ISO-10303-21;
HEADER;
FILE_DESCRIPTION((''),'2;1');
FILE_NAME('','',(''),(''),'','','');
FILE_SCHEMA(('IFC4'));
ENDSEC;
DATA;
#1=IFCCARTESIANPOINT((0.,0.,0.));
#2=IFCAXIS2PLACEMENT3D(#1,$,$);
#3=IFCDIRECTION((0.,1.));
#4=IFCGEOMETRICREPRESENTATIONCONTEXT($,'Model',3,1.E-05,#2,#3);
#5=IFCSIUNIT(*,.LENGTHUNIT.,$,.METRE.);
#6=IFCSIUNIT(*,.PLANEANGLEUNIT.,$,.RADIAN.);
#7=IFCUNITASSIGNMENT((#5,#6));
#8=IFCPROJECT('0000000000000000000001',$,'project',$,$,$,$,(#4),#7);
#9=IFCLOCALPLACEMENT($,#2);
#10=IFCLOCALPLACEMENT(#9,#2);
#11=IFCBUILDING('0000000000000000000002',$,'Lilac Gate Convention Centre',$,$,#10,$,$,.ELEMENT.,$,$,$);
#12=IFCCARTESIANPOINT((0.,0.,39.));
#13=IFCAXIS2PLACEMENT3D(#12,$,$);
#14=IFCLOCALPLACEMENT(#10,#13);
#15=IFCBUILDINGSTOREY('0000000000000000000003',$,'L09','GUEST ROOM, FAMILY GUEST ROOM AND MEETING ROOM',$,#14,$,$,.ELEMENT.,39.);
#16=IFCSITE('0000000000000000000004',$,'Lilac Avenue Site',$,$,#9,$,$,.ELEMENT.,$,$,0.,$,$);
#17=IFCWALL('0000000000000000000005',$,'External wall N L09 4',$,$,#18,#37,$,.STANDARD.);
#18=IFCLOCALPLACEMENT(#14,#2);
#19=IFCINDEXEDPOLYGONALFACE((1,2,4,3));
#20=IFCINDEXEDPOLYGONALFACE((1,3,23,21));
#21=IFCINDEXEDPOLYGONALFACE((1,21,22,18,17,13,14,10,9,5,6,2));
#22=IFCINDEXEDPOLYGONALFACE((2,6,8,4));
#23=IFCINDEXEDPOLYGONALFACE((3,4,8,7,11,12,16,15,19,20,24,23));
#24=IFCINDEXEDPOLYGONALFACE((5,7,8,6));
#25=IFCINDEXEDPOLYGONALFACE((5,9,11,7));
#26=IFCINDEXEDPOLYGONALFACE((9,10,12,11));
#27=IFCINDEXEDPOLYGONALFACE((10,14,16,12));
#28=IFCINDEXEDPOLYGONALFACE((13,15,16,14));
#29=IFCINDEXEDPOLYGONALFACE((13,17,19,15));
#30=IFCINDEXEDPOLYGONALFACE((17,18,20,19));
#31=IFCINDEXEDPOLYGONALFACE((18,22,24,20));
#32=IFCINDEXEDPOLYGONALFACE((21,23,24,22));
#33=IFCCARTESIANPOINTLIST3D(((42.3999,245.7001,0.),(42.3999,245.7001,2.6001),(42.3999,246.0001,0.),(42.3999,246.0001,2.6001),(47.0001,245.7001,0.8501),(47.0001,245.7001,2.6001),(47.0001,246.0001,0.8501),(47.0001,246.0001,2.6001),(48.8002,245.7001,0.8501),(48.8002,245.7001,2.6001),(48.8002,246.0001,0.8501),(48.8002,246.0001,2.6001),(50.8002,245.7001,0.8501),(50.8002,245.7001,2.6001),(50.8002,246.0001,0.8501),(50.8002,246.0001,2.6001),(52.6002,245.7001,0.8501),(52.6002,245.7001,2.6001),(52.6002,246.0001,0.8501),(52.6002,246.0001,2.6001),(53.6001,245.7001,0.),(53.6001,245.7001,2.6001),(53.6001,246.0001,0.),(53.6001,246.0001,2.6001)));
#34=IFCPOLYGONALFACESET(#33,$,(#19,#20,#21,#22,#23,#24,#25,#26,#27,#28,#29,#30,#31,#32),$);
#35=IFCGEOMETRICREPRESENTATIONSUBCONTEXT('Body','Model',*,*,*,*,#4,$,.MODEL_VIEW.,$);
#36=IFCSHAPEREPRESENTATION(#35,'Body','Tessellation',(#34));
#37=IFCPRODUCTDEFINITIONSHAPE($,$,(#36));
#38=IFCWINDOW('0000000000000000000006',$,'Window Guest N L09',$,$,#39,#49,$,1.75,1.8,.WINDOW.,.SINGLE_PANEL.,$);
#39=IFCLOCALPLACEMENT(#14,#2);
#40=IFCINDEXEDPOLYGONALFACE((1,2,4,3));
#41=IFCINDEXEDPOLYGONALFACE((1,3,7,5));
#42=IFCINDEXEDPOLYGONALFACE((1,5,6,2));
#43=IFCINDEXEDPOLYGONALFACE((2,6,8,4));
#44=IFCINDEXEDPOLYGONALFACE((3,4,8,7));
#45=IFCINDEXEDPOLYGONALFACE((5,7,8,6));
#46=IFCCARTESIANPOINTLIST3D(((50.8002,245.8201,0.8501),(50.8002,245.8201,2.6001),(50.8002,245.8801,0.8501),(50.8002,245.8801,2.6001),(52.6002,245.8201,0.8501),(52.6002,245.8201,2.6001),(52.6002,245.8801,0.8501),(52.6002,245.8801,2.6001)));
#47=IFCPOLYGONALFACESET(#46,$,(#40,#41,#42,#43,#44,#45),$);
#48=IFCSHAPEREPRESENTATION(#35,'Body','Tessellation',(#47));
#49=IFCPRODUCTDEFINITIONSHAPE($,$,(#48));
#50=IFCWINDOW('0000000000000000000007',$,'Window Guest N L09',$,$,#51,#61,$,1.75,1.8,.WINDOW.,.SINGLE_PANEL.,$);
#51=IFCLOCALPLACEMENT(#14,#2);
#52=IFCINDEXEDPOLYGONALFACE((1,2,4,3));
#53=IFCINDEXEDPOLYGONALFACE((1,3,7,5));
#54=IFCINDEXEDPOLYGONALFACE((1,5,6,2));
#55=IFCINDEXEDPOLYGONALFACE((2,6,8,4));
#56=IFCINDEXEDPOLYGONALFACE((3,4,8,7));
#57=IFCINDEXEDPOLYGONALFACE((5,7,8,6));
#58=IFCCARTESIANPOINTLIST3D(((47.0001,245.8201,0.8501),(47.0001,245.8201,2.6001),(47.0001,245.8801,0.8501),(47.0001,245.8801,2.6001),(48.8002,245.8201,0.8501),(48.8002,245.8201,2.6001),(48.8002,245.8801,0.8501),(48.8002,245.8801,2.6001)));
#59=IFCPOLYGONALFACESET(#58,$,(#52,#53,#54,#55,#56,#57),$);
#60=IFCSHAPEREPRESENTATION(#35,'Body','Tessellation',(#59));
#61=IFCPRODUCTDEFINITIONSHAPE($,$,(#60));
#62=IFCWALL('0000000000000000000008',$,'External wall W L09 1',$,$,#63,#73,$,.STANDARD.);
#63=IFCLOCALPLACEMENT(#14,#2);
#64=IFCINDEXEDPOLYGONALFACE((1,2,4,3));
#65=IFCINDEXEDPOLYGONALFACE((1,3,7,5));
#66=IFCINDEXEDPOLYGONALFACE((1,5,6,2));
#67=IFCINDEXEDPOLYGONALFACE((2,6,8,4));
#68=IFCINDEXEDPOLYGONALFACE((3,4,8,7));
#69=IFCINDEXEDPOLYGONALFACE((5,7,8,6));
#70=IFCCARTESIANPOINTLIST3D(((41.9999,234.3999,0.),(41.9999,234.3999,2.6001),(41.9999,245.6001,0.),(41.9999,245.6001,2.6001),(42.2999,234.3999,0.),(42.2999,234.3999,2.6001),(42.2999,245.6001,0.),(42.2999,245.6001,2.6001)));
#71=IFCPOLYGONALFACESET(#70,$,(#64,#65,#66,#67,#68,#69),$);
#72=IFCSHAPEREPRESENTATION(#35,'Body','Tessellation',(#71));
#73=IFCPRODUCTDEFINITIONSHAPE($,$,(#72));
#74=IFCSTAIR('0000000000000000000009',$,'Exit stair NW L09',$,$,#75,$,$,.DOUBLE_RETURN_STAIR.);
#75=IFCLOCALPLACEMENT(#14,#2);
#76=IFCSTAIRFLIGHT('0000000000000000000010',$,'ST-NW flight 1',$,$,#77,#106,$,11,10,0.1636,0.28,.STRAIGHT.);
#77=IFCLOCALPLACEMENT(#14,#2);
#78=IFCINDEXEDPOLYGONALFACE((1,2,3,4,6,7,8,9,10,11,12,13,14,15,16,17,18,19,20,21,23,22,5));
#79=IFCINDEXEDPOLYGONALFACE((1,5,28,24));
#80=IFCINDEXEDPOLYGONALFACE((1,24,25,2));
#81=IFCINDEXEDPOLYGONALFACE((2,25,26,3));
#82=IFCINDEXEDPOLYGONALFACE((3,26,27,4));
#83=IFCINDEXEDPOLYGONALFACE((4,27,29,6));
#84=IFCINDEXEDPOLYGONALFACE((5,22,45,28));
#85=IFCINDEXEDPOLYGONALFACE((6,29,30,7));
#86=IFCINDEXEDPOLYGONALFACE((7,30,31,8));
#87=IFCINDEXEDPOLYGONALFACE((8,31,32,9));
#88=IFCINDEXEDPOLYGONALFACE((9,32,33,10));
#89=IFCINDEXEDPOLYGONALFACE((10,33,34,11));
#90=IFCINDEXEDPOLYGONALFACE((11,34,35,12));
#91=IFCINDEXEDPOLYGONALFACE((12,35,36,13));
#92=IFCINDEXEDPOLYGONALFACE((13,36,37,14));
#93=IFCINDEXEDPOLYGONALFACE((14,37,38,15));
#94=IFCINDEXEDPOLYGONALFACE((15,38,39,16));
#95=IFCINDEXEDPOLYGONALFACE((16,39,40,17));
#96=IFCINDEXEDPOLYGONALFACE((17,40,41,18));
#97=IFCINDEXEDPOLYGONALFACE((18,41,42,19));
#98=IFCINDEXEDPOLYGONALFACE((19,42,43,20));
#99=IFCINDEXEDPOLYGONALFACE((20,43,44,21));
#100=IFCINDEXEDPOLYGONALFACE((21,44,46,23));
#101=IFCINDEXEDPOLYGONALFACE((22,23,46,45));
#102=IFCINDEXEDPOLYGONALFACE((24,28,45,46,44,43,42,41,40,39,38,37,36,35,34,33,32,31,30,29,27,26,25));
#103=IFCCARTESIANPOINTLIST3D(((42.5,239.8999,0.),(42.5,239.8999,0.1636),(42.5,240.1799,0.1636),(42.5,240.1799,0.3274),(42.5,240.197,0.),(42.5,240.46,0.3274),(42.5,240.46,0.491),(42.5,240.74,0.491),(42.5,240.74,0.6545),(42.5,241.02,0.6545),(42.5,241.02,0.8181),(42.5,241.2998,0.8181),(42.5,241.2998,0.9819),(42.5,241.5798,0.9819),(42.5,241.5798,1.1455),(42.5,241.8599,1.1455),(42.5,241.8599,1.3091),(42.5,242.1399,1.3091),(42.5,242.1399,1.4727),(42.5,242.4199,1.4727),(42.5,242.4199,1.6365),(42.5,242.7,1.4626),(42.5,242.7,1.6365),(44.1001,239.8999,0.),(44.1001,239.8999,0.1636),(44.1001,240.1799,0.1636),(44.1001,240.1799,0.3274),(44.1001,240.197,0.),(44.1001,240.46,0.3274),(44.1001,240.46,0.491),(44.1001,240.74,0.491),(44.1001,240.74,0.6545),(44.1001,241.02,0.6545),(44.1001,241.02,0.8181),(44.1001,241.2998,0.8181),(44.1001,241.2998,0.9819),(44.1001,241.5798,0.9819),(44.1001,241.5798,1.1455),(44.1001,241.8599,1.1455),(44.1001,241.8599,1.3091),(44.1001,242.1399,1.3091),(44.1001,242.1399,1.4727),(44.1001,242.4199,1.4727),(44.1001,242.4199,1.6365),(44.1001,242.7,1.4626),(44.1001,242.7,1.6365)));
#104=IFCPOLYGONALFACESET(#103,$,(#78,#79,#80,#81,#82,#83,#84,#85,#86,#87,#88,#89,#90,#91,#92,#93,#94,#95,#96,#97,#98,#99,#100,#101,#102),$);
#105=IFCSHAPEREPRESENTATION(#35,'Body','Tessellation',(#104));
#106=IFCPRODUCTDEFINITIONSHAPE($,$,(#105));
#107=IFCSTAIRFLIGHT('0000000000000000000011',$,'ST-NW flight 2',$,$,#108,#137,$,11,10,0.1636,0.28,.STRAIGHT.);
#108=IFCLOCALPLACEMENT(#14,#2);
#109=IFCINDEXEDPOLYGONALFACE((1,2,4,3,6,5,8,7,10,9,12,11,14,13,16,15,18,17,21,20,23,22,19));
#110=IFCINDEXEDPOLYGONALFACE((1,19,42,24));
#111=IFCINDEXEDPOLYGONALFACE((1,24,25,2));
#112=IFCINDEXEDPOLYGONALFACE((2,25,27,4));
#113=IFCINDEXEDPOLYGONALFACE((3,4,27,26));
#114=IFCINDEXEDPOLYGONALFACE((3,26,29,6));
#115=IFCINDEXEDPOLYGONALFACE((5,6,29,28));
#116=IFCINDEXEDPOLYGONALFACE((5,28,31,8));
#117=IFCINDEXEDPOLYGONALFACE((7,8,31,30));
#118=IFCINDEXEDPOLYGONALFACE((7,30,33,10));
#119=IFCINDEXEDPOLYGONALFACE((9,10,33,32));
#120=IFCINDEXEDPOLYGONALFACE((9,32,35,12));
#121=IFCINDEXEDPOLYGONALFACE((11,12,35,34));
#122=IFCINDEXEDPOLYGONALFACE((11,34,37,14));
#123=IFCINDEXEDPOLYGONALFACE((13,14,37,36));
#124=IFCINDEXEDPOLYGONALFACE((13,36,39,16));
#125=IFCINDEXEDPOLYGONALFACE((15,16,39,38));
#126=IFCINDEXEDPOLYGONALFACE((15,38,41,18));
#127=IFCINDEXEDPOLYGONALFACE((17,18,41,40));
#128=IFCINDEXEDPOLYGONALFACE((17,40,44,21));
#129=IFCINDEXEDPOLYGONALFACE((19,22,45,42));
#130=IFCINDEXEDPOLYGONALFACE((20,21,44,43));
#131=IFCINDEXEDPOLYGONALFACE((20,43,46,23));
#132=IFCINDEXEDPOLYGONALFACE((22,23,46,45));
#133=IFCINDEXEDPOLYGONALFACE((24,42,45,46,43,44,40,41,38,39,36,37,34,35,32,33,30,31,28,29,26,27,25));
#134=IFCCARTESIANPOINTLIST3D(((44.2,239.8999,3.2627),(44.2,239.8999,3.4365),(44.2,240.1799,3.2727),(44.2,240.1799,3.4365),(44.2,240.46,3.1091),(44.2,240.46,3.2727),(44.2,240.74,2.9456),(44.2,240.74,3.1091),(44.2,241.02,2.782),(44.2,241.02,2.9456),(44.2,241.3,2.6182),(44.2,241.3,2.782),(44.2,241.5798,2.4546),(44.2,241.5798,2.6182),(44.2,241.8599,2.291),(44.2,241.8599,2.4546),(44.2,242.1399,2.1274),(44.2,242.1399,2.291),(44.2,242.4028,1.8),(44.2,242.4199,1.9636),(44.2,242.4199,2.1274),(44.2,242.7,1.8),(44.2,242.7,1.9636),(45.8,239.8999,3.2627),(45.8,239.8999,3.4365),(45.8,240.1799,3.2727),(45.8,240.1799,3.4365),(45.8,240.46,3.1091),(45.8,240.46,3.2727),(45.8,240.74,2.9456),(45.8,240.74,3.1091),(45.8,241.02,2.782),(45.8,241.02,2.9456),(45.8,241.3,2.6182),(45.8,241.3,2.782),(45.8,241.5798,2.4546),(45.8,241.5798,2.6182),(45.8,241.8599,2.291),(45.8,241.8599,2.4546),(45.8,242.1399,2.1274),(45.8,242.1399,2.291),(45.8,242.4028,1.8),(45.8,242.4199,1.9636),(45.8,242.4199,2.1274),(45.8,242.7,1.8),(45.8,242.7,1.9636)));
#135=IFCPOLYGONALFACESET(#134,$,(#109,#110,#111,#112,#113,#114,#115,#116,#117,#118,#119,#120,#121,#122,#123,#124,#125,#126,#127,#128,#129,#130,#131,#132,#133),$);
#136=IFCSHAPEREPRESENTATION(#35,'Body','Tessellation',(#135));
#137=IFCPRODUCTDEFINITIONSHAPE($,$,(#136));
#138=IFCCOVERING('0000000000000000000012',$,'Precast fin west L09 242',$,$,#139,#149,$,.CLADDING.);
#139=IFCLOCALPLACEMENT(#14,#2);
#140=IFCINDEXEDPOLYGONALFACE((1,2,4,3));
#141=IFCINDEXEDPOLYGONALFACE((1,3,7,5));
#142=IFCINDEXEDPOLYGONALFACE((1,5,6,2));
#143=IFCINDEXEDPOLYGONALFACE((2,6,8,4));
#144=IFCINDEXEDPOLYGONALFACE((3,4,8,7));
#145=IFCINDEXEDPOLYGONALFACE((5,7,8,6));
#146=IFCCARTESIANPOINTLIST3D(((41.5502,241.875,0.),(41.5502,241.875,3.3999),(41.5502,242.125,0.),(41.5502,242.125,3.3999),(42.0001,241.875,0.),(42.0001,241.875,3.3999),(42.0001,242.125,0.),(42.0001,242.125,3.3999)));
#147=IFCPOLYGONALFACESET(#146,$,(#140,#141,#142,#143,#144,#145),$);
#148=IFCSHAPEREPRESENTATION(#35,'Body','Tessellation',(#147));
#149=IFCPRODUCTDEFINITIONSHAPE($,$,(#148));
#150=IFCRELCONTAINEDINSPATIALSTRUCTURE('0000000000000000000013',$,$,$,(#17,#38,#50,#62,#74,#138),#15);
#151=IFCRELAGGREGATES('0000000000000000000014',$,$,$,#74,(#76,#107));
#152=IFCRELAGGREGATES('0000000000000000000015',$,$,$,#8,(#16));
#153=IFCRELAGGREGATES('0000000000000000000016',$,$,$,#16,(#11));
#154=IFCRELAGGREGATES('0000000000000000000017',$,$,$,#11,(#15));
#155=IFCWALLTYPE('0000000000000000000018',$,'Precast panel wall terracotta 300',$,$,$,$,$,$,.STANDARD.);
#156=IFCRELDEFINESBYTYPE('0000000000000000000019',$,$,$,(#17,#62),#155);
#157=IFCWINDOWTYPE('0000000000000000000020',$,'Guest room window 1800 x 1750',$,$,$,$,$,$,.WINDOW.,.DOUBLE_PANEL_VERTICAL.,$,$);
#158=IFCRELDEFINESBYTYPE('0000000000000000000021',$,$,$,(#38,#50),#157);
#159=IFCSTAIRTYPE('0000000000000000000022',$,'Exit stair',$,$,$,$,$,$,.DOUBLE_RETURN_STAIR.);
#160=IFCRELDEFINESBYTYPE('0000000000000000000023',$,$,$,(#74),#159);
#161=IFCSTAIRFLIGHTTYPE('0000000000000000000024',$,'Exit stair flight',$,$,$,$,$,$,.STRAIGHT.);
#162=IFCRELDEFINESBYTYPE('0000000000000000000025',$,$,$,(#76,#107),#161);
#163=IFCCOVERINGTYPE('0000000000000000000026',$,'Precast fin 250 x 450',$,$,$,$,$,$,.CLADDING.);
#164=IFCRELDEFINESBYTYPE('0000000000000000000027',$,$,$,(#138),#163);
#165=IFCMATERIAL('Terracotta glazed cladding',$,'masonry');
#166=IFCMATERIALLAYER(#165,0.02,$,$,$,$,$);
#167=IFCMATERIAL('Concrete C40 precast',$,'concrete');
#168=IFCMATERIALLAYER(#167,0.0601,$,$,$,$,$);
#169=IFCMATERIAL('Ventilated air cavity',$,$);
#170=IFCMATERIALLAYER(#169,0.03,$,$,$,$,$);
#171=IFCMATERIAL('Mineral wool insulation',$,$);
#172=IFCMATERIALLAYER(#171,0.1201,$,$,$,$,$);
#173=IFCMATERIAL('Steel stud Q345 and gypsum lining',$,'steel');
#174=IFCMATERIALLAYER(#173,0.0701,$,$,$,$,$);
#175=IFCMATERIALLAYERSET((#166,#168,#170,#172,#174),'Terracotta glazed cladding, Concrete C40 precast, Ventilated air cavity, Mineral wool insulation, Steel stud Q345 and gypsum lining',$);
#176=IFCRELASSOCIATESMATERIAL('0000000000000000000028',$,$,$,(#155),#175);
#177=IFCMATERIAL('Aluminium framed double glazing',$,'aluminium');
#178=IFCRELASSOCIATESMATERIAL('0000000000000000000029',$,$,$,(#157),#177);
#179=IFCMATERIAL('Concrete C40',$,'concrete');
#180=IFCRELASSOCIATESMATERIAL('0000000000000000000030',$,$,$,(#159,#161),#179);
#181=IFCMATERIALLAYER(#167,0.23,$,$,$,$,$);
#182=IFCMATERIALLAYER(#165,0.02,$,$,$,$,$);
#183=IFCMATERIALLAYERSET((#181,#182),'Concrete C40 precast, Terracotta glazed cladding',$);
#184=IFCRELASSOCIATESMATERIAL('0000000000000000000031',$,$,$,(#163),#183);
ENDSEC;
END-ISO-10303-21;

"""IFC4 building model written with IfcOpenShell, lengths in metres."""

from ifc_helpers import new_model, si_unit, direction, frame, frame_2d, origin, place, context, subcontext, project, spatial, polyline, rectangle, outline, extrude, material, layer, layer_set, type_object, element, fill, aggregate, save


model = new_model("IFC4")

# Units and contexts
model_context = context("Model", 3, precision=1e-05, world=origin(), true_north=direction((0.0, 1.0)))
body_context = subcontext(model_context, "Body", "Model", "MODEL_VIEW")
ifc_project = project(units=[si_unit("LENGTHUNIT", "METRE"), si_unit("PLANEANGLEUNIT", "RADIAN")], contexts=[model_context])

# Site, building, storey
site_placement = place(None, origin())
site = spatial("IfcSite", under=ifc_project, at=site_placement, Name="Lilac Avenue Site", CompositionType="ELEMENT", RefElevation=0.0)
building_placement = place(site_placement, origin())
building = spatial("IfcBuilding", under=site, at=building_placement, Name="Lilac Gate Convention Centre", CompositionType="ELEMENT")
storey_placement = place(building_placement, frame((0.0, 0.0, 39.0)))
storey = spatial("IfcBuildingStorey", under=building, at=storey_placement, Name="L09", Description="GUEST ROOM, FAMILY GUEST ROOM AND MEETING ROOM", CompositionType="ELEMENT", Elevation=39.0)

# Shared definitions
ifc_material_1 = material(Name="Concrete C40", Category="concrete")

# Shared definitions
ifc_material_2 = material(Name="Concrete C40 precast", Category="concrete")
ifc_material_3 = material(Name="Terracotta glazed cladding", Category="masonry")

# Wall, openings, windows
ifc_layer_1 = layer(ifc_material_3, 0.02)
ifc_layer_2 = layer(ifc_material_2, 0.0601)
ifc_material_4 = material(Name="Ventilated air cavity")
ifc_layer_3 = layer(ifc_material_4, 0.03)
ifc_material_5 = material(Name="Mineral wool insulation")
ifc_layer_4 = layer(ifc_material_5, 0.1201)
ifc_material_6 = material(Name="Steel stud Q345 and gypsum lining", Category="steel")
ifc_layer_5 = layer(ifc_material_6, 0.0701)
ifc_layer_set_1 = layer_set([ifc_layer_1, ifc_layer_2, ifc_layer_3, ifc_layer_4, ifc_layer_5], Name="Terracotta glazed cladding, Concrete C40 precast, Ventilated air cavity, Mineral wool insulation, Steel stud Q345 and gypsum lining")
wall_type_1 = type_object("IfcWallType", Name="Precast panel wall terracotta 300", PredefinedType="STANDARD", material=ifc_layer_set_1)
wall_1_placement = place(storey_placement, frame((53.6001, 245.8501, 0.0), z_axis=(0.0, 0.0, 1.0), x_axis=(-1.0, 0.0, 0.0)))
wall_1 = element("IfcWall", 1, at=wall_1_placement, inside=storey, type_object=wall_type_1, Name="External wall N L09 4", PredefinedType="STANDARD", context=body_context, shape_type="SweptSolid", body=[
    extrude(rectangle(XDim=11.2002, YDim=0.3, at=frame_2d((5.6001, 0.0))), origin(), (0.0, 0.0, 1.0), 2.6001),
])
opening_1_placement = place(wall_1_placement, frame((1.0, 0.0, 0.8501)))
opening_1 = element("IfcOpeningElement", 2, at=opening_1_placement, cuts=wall_1, PredefinedType="OPENING", context=body_context, shape_type="SweptSolid", body=[
    extrude(rectangle(XDim=1.8, YDim=1.75, at=frame_2d((0.8999, 0.875))), frame((0.0, 0.1599, 0.0), z_axis=(0.0, -1.0, 0.0), x_axis=(1.0, 0.0, 0.0)), (0.0, 0.0, 1.0), 0.3201),
])
opening_2_placement = place(wall_1_placement, frame((4.8, 0.0, 0.8501)))
opening_2 = element("IfcOpeningElement", 3, at=opening_2_placement, cuts=wall_1, PredefinedType="OPENING", context=body_context, shape_type="SweptSolid", body=[
    extrude(rectangle(XDim=1.8, YDim=1.75, at=frame_2d((0.8999, 0.875))), frame((0.0, 0.1599, 0.0), z_axis=(0.0, -1.0, 0.0), x_axis=(1.0, 0.0, 0.0)), (0.0, 0.0, 1.0), 0.3201),
])
ifc_material_7 = material(Name="Aluminium framed double glazing", Category="aluminium")
window_type = type_object("IfcWindowType", Name="Guest room window 1800 x 1750", PartitioningType="DOUBLE_PANEL_VERTICAL", PredefinedType="WINDOW", material=ifc_material_7)
window_1_placement = place(opening_1_placement, origin())
window_1 = element("IfcWindow", 4, at=window_1_placement, inside=storey, type_object=window_type, Name="Window Guest N L09", OverallHeight=1.75, OverallWidth=1.8, PartitioningType="SINGLE_PANEL", PredefinedType="WINDOW", context=body_context, shape_type="SweptSolid", body=[
    extrude(rectangle(XDim=1.8, YDim=1.75, at=frame_2d((0.8999, 0.875))), frame((0.0, 0.03, 0.0), z_axis=(0.0, -1.0, 0.0), x_axis=(1.0, 0.0, 0.0)), (0.0, 0.0, 1.0), 0.0601),
])
fill(opening_1, window_1)
window_2_placement = place(opening_2_placement, origin())
window_2 = element("IfcWindow", 5, at=window_2_placement, inside=storey, type_object=window_type, Name="Window Guest N L09", OverallHeight=1.75, OverallWidth=1.8, PartitioningType="SINGLE_PANEL", PredefinedType="WINDOW", context=body_context, shape_type="SweptSolid", body=[
    extrude(rectangle(XDim=1.8, YDim=1.75, at=frame_2d((0.8999, 0.875))), frame((0.0, 0.03, 0.0), z_axis=(0.0, -1.0, 0.0), x_axis=(1.0, 0.0, 0.0)), (0.0, 0.0, 1.0), 0.0601),
])
fill(opening_2, window_2)

# Wall
wall_2_placement = place(storey_placement, frame((42.1499, 245.6001, 0.0), z_axis=(0.0, 0.0, 1.0), x_axis=(0.0, -1.0, 0.0)))
element("IfcWall", 6, at=wall_2_placement, inside=storey, type_object=wall_type_1, Name="External wall W L09 1", PredefinedType="STANDARD", context=body_context, shape_type="SweptSolid", body=[
    extrude(rectangle(XDim=11.2002, YDim=0.3, at=frame_2d((5.6001, 0.0))), origin(), (0.0, 0.0, 1.0), 2.6001),
])

# Stair, stair flights
stair_type = type_object("IfcStairType", Name="Exit stair", PredefinedType="DOUBLE_RETURN_STAIR", material=ifc_material_1)
stair_placement = place(storey_placement, origin())
stair = element("IfcStair", 7, at=stair_placement, inside=storey, type_object=stair_type, Name="Exit stair NW L09", PredefinedType="DOUBLE_RETURN_STAIR")
stair_flight_type = type_object("IfcStairFlightType", Name="Exit stair flight", PredefinedType="STRAIGHT", material=ifc_material_1)
stair_flight_1_placement = place(storey_placement, frame((43.3, 239.8999, 0.0), z_axis=(0.0, 0.0, 1.0), x_axis=(0.0, 1.0, 0.0)))
stair_flight_1 = element("IfcStairFlight", 8, at=stair_flight_1_placement, type_object=stair_flight_type, Name="ST-NW flight 1", NumberOfRisers=11, NumberOfTreads=10, PredefinedType="STRAIGHT", RiserHeight=0.1636, TreadLength=0.28, context=body_context, shape_type="SweptSolid", body=[
    extrude(outline(polyline([(0.0, 0.0), (0.0, 0.1636), (0.28, 0.1636), (0.28, 0.3274), (0.5601, 0.3274), (0.5601, 0.491), (0.8401, 0.491), (0.8401, 0.6545), (1.1201, 0.6545), (1.1201, 0.8181), (1.3999, 0.8181), (1.3999, 0.9819), (1.6799, 0.9819), (1.6799, 1.1455), (1.96, 1.1455), (1.96, 1.3091), (2.24, 1.3091), (2.24, 1.4727), (2.52, 1.4727), (2.52, 1.6365), (2.8, 1.6365), (2.8, 1.8), (2.8, 1.4626), (0.2971, 0.0), (0.0, 0.0)])), frame((0.0, 0.8, 0.0), z_axis=(0.0, -1.0, 0.0), x_axis=(1.0, 0.0, 0.0)), (0.0, 0.0, 1.0), 1.6001),
])
stair_flight_2_placement = place(storey_placement, frame((45.0, 242.7, 1.8), z_axis=(0.0, 0.0, 1.0), x_axis=(0.0, -1.0, 0.0)))
stair_flight_2 = element("IfcStairFlight", 9, at=stair_flight_2_placement, type_object=stair_flight_type, Name="ST-NW flight 2", NumberOfRisers=11, NumberOfTreads=10, PredefinedType="STRAIGHT", RiserHeight=0.1636, TreadLength=0.28, context=body_context, shape_type="SweptSolid", body=[
    extrude(outline(polyline([(0.0, 0.0), (0.0, 0.1636), (0.28, 0.1636), (0.28, 0.3274), (0.5601, 0.3274), (0.5601, 0.491), (0.8401, 0.491), (0.8401, 0.6545), (1.1201, 0.6545), (1.1201, 0.8181), (1.3999, 0.8181), (1.3999, 0.9819), (1.6799, 0.9819), (1.6799, 1.1455), (1.96, 1.1455), (1.96, 1.3091), (2.24, 1.3091), (2.24, 1.4727), (2.52, 1.4727), (2.52, 1.6365), (2.8, 1.6365), (2.8, 1.8), (2.8, 1.4626), (0.2971, 0.0), (0.0, 0.0)])), frame((0.0, 0.8, 0.0), z_axis=(0.0, -1.0, 0.0), x_axis=(1.0, 0.0, 0.0)), (0.0, 0.0, 1.0), 1.6001),
])
aggregate(stair, [stair_flight_1, stair_flight_2])

# Covering
ifc_layer_6 = layer(ifc_material_2, 0.23)
ifc_layer_7 = layer(ifc_material_3, 0.02)
ifc_layer_set_2 = layer_set([ifc_layer_6, ifc_layer_7], Name="Concrete C40 precast, Terracotta glazed cladding")
covering_type = type_object("IfcCoveringType", Name="Precast fin 250 x 450", PredefinedType="CLADDING", material=ifc_layer_set_2)
covering_placement = place(storey_placement, frame((41.55, 242.0, 0.0), z_axis=(0.0, 0.0, 1.0), x_axis=(1.0, 0.0, 0.0)))
element("IfcCovering", 10, at=covering_placement, inside=storey, type_object=covering_type, Name="Precast fin west L09 242", PredefinedType="CLADDING", context=body_context, shape_type="SweptSolid", body=[
    extrude(rectangle(XDim=0.45, YDim=0.25, at=frame_2d((0.2251, 0.0))), origin(), (0.0, 0.0, 1.0), 3.3999),
])

save(model, "model.ifc")
